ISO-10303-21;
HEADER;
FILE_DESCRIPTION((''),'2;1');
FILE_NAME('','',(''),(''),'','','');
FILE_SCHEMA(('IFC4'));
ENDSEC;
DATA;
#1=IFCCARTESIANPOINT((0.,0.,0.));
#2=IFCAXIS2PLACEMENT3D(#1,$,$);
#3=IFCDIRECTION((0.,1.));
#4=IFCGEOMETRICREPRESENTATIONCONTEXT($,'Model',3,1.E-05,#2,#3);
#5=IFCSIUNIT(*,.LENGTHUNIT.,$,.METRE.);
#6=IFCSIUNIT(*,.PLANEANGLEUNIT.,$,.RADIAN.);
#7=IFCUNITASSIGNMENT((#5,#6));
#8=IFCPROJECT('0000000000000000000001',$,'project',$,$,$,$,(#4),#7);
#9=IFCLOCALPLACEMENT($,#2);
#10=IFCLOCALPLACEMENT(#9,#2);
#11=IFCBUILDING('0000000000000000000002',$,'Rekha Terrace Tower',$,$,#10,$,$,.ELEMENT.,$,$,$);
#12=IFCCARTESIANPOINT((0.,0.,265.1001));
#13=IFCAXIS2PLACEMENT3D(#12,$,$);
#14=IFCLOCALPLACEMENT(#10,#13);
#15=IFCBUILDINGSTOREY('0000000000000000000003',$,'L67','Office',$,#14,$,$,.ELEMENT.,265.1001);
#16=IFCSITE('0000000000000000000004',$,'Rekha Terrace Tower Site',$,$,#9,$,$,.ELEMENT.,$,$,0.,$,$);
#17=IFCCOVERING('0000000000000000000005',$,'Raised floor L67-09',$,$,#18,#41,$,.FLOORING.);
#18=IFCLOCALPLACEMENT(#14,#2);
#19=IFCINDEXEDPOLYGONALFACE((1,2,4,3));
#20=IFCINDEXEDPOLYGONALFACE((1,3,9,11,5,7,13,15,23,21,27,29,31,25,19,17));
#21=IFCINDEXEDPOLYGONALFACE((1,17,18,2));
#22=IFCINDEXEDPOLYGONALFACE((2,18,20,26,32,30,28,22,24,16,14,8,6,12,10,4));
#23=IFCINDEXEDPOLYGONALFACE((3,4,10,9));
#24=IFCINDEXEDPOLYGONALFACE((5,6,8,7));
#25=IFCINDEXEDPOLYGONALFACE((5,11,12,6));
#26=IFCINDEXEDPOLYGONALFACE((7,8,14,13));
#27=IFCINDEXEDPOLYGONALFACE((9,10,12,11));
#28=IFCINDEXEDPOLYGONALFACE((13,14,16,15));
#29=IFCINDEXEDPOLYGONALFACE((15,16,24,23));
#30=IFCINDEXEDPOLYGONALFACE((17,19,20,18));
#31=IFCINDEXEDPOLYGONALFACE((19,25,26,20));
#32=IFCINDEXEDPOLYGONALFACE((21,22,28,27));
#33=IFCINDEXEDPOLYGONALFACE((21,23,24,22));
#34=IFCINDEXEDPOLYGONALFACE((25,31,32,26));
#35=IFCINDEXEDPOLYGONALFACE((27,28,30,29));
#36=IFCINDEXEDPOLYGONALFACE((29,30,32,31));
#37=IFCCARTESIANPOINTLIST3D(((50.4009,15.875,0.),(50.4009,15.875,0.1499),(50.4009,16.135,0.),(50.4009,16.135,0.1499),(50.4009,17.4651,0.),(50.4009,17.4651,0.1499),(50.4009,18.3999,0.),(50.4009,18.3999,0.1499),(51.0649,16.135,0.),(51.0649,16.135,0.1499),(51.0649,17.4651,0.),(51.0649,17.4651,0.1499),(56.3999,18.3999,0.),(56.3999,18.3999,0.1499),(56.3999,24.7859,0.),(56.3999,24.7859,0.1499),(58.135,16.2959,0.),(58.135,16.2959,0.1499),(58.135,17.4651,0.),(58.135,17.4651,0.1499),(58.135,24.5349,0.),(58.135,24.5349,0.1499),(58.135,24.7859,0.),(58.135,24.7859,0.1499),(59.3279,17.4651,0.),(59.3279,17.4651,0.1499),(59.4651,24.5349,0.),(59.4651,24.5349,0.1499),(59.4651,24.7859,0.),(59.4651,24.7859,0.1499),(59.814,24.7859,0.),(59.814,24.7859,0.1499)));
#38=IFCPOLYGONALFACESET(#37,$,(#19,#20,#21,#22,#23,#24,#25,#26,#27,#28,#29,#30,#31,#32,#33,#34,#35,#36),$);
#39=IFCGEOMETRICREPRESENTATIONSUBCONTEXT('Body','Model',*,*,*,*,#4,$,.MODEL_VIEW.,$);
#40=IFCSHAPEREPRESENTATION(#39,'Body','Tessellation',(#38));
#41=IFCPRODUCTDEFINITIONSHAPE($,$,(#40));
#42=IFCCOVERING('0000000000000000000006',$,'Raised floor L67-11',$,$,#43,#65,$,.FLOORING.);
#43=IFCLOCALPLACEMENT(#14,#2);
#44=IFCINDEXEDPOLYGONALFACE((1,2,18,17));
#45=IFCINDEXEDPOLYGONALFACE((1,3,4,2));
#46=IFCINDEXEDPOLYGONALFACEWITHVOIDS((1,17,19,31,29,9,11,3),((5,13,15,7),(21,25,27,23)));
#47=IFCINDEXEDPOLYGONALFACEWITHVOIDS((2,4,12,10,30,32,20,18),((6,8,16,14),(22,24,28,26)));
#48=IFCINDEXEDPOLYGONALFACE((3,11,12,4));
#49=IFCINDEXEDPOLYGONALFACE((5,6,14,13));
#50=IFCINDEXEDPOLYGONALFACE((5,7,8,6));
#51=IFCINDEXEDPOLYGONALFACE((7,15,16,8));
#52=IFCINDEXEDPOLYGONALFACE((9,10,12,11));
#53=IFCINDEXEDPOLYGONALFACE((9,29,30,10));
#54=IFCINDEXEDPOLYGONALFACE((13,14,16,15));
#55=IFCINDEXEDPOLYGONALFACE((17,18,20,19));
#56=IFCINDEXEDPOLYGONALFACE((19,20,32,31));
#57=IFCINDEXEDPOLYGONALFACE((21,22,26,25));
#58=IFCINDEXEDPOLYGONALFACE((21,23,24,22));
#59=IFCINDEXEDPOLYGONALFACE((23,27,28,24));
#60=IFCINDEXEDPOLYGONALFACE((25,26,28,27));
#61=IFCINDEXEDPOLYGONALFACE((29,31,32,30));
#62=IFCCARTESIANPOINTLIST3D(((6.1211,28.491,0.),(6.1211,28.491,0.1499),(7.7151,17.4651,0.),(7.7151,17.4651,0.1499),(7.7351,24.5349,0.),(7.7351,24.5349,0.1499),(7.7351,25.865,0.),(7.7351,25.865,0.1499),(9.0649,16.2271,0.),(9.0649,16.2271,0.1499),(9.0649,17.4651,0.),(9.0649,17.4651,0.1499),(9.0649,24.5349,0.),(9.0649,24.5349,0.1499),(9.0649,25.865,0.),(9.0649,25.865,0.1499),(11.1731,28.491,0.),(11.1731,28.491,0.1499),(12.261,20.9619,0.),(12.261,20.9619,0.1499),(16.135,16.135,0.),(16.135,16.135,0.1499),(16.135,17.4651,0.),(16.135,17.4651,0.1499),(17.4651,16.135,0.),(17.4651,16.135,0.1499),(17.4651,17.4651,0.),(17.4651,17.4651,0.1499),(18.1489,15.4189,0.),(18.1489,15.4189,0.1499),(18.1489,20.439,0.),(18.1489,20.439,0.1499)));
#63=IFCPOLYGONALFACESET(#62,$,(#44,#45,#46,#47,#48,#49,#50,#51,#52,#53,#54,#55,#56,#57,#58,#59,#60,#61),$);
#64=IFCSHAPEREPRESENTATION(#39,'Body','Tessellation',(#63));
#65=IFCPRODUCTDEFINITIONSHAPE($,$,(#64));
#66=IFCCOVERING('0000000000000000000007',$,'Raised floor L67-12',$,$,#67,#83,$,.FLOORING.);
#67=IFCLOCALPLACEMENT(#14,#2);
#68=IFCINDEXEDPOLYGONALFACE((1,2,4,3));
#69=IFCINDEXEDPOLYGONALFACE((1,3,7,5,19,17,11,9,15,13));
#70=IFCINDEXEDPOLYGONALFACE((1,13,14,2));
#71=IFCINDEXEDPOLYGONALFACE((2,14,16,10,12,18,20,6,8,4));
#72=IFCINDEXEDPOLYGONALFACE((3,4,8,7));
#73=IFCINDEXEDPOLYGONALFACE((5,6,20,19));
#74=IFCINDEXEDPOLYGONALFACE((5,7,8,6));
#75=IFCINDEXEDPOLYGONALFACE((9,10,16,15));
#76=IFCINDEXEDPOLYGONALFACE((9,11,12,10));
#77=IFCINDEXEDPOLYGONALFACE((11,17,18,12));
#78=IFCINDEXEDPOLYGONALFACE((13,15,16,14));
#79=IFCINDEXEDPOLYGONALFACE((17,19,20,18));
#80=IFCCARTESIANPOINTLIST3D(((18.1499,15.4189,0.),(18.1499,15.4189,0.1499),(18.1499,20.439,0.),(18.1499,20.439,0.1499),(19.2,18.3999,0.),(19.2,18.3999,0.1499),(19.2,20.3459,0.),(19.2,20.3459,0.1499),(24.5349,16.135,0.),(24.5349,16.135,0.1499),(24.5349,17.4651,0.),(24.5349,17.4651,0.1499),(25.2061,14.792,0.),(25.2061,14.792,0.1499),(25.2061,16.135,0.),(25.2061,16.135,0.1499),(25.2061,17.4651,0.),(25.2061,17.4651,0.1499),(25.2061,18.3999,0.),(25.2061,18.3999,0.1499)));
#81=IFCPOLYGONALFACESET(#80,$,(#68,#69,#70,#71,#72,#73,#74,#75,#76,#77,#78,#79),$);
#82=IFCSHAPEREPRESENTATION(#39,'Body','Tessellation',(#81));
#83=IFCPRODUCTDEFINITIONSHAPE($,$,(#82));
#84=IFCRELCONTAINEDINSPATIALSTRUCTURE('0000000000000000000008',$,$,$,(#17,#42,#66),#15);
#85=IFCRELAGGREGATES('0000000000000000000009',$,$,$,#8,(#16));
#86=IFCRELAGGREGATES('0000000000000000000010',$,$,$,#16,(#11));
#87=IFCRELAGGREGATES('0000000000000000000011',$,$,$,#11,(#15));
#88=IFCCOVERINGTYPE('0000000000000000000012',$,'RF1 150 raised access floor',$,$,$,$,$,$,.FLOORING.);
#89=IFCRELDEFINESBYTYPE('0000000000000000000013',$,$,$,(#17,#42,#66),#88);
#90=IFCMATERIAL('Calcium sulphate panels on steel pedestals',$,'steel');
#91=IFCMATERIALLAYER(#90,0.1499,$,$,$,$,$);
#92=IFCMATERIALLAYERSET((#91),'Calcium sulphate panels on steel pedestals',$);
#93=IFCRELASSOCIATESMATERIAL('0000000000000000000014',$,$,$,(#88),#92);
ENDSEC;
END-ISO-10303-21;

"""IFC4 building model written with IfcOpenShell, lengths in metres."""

from ifc_helpers import new_model, si_unit, direction, frame, origin, place, context, subcontext, project, spatial, polyline, outline, extrude, material, layer, layer_set, type_object, element, save


model = new_model("IFC4")

# Units and contexts
model_context = context("Model", 3, precision=1e-05, world=origin(), true_north=direction((0.0, 1.0)))
body_context = subcontext(model_context, "Body", "Model", "MODEL_VIEW")
ifc_project = project(units=[si_unit("LENGTHUNIT", "METRE"), si_unit("PLANEANGLEUNIT", "RADIAN")], contexts=[model_context])

# Site, building, storey
site_placement = place(None, origin())
site = spatial("IfcSite", under=ifc_project, at=site_placement, Name="Rekha Terrace Tower Site", CompositionType="ELEMENT", RefElevation=0.0)
building_placement = place(site_placement, origin())
building = spatial("IfcBuilding", under=site, at=building_placement, Name="Rekha Terrace Tower", CompositionType="ELEMENT")
storey_placement = place(building_placement, frame((0.0, 0.0, 265.1001)))
storey = spatial("IfcBuildingStorey", under=building, at=storey_placement, Name="L67", Description="Office", CompositionType="ELEMENT", Elevation=265.1001)

# Coverings
ifc_material_1 = material(Name="Calcium sulphate panels on steel pedestals", Category="steel")
ifc_layer_1 = layer(ifc_material_1, 0.1499)
ifc_layer_set_1 = layer_set([ifc_layer_1], Name="Calcium sulphate panels on steel pedestals")
covering_type_1 = type_object("IfcCoveringType", Name="RF1 150 raised access floor", PredefinedType="FLOORING", material=ifc_layer_set_1)
covering_1_placement = place(storey_placement, origin())
element("IfcCovering", 1, at=covering_1_placement, inside=storey, type_object=covering_type_1, Name="Raised floor L67-09", PredefinedType="FLOORING", context=body_context, shape_type="SweptSolid", body=[
    extrude(outline(polyline([(58.135, 24.5349), (58.135, 24.7859), (56.3999, 24.7859), (56.3999, 18.3999), (50.4009, 18.3999), (50.4009, 17.4651), (51.0649, 17.4651), (51.0649, 16.135), (50.4009, 16.135), (50.4009, 15.875), (58.135, 16.2959), (58.135, 17.4651), (59.3279, 17.4651), (59.814, 24.7859), (59.4651, 24.7859), (59.4651, 24.5349), (58.135, 24.5349)])), origin(), (0.0, 0.0, 1.0), 0.1499),
])
covering_2_placement = place(storey_placement, origin())
element("IfcCovering", 2, at=covering_2_placement, inside=storey, type_object=covering_type_1, Name="Raised floor L67-11", PredefinedType="FLOORING", context=body_context, shape_type="SweptSolid", body=[
    extrude(outline(polyline([(6.1211, 28.491), (7.7151, 17.4651), (9.0649, 17.4651), (9.0649, 16.2271), (18.1489, 15.4189), (18.1489, 20.439), (12.261, 20.9619), (11.1731, 28.491), (6.1211, 28.491)]), holes=[polyline([(17.4651, 17.4651), (17.4651, 16.135), (16.135, 16.135), (16.135, 17.4651), (17.4651, 17.4651)]), polyline([(9.0649, 25.865), (9.0649, 24.5349), (7.7351, 24.5349), (7.7351, 25.865), (9.0649, 25.865)])]), origin(), (0.0, 0.0, 1.0), 0.1499),
])
covering_3_placement = place(storey_placement, origin())
element("IfcCovering", 3, at=covering_3_placement, inside=storey, type_object=covering_type_1, Name="Raised floor L67-12", PredefinedType="FLOORING", context=body_context, shape_type="SweptSolid", body=[
    extrude(outline(polyline([(19.2, 18.3999), (19.2, 20.3459), (18.1499, 20.439), (18.1499, 15.4189), (25.2061, 14.792), (25.2061, 16.135), (24.5349, 16.135), (24.5349, 17.4651), (25.2061, 17.4651), (25.2061, 18.3999), (19.2, 18.3999)])), origin(), (0.0, 0.0, 1.0), 0.1499),
])

save(model, "model.ifc")
